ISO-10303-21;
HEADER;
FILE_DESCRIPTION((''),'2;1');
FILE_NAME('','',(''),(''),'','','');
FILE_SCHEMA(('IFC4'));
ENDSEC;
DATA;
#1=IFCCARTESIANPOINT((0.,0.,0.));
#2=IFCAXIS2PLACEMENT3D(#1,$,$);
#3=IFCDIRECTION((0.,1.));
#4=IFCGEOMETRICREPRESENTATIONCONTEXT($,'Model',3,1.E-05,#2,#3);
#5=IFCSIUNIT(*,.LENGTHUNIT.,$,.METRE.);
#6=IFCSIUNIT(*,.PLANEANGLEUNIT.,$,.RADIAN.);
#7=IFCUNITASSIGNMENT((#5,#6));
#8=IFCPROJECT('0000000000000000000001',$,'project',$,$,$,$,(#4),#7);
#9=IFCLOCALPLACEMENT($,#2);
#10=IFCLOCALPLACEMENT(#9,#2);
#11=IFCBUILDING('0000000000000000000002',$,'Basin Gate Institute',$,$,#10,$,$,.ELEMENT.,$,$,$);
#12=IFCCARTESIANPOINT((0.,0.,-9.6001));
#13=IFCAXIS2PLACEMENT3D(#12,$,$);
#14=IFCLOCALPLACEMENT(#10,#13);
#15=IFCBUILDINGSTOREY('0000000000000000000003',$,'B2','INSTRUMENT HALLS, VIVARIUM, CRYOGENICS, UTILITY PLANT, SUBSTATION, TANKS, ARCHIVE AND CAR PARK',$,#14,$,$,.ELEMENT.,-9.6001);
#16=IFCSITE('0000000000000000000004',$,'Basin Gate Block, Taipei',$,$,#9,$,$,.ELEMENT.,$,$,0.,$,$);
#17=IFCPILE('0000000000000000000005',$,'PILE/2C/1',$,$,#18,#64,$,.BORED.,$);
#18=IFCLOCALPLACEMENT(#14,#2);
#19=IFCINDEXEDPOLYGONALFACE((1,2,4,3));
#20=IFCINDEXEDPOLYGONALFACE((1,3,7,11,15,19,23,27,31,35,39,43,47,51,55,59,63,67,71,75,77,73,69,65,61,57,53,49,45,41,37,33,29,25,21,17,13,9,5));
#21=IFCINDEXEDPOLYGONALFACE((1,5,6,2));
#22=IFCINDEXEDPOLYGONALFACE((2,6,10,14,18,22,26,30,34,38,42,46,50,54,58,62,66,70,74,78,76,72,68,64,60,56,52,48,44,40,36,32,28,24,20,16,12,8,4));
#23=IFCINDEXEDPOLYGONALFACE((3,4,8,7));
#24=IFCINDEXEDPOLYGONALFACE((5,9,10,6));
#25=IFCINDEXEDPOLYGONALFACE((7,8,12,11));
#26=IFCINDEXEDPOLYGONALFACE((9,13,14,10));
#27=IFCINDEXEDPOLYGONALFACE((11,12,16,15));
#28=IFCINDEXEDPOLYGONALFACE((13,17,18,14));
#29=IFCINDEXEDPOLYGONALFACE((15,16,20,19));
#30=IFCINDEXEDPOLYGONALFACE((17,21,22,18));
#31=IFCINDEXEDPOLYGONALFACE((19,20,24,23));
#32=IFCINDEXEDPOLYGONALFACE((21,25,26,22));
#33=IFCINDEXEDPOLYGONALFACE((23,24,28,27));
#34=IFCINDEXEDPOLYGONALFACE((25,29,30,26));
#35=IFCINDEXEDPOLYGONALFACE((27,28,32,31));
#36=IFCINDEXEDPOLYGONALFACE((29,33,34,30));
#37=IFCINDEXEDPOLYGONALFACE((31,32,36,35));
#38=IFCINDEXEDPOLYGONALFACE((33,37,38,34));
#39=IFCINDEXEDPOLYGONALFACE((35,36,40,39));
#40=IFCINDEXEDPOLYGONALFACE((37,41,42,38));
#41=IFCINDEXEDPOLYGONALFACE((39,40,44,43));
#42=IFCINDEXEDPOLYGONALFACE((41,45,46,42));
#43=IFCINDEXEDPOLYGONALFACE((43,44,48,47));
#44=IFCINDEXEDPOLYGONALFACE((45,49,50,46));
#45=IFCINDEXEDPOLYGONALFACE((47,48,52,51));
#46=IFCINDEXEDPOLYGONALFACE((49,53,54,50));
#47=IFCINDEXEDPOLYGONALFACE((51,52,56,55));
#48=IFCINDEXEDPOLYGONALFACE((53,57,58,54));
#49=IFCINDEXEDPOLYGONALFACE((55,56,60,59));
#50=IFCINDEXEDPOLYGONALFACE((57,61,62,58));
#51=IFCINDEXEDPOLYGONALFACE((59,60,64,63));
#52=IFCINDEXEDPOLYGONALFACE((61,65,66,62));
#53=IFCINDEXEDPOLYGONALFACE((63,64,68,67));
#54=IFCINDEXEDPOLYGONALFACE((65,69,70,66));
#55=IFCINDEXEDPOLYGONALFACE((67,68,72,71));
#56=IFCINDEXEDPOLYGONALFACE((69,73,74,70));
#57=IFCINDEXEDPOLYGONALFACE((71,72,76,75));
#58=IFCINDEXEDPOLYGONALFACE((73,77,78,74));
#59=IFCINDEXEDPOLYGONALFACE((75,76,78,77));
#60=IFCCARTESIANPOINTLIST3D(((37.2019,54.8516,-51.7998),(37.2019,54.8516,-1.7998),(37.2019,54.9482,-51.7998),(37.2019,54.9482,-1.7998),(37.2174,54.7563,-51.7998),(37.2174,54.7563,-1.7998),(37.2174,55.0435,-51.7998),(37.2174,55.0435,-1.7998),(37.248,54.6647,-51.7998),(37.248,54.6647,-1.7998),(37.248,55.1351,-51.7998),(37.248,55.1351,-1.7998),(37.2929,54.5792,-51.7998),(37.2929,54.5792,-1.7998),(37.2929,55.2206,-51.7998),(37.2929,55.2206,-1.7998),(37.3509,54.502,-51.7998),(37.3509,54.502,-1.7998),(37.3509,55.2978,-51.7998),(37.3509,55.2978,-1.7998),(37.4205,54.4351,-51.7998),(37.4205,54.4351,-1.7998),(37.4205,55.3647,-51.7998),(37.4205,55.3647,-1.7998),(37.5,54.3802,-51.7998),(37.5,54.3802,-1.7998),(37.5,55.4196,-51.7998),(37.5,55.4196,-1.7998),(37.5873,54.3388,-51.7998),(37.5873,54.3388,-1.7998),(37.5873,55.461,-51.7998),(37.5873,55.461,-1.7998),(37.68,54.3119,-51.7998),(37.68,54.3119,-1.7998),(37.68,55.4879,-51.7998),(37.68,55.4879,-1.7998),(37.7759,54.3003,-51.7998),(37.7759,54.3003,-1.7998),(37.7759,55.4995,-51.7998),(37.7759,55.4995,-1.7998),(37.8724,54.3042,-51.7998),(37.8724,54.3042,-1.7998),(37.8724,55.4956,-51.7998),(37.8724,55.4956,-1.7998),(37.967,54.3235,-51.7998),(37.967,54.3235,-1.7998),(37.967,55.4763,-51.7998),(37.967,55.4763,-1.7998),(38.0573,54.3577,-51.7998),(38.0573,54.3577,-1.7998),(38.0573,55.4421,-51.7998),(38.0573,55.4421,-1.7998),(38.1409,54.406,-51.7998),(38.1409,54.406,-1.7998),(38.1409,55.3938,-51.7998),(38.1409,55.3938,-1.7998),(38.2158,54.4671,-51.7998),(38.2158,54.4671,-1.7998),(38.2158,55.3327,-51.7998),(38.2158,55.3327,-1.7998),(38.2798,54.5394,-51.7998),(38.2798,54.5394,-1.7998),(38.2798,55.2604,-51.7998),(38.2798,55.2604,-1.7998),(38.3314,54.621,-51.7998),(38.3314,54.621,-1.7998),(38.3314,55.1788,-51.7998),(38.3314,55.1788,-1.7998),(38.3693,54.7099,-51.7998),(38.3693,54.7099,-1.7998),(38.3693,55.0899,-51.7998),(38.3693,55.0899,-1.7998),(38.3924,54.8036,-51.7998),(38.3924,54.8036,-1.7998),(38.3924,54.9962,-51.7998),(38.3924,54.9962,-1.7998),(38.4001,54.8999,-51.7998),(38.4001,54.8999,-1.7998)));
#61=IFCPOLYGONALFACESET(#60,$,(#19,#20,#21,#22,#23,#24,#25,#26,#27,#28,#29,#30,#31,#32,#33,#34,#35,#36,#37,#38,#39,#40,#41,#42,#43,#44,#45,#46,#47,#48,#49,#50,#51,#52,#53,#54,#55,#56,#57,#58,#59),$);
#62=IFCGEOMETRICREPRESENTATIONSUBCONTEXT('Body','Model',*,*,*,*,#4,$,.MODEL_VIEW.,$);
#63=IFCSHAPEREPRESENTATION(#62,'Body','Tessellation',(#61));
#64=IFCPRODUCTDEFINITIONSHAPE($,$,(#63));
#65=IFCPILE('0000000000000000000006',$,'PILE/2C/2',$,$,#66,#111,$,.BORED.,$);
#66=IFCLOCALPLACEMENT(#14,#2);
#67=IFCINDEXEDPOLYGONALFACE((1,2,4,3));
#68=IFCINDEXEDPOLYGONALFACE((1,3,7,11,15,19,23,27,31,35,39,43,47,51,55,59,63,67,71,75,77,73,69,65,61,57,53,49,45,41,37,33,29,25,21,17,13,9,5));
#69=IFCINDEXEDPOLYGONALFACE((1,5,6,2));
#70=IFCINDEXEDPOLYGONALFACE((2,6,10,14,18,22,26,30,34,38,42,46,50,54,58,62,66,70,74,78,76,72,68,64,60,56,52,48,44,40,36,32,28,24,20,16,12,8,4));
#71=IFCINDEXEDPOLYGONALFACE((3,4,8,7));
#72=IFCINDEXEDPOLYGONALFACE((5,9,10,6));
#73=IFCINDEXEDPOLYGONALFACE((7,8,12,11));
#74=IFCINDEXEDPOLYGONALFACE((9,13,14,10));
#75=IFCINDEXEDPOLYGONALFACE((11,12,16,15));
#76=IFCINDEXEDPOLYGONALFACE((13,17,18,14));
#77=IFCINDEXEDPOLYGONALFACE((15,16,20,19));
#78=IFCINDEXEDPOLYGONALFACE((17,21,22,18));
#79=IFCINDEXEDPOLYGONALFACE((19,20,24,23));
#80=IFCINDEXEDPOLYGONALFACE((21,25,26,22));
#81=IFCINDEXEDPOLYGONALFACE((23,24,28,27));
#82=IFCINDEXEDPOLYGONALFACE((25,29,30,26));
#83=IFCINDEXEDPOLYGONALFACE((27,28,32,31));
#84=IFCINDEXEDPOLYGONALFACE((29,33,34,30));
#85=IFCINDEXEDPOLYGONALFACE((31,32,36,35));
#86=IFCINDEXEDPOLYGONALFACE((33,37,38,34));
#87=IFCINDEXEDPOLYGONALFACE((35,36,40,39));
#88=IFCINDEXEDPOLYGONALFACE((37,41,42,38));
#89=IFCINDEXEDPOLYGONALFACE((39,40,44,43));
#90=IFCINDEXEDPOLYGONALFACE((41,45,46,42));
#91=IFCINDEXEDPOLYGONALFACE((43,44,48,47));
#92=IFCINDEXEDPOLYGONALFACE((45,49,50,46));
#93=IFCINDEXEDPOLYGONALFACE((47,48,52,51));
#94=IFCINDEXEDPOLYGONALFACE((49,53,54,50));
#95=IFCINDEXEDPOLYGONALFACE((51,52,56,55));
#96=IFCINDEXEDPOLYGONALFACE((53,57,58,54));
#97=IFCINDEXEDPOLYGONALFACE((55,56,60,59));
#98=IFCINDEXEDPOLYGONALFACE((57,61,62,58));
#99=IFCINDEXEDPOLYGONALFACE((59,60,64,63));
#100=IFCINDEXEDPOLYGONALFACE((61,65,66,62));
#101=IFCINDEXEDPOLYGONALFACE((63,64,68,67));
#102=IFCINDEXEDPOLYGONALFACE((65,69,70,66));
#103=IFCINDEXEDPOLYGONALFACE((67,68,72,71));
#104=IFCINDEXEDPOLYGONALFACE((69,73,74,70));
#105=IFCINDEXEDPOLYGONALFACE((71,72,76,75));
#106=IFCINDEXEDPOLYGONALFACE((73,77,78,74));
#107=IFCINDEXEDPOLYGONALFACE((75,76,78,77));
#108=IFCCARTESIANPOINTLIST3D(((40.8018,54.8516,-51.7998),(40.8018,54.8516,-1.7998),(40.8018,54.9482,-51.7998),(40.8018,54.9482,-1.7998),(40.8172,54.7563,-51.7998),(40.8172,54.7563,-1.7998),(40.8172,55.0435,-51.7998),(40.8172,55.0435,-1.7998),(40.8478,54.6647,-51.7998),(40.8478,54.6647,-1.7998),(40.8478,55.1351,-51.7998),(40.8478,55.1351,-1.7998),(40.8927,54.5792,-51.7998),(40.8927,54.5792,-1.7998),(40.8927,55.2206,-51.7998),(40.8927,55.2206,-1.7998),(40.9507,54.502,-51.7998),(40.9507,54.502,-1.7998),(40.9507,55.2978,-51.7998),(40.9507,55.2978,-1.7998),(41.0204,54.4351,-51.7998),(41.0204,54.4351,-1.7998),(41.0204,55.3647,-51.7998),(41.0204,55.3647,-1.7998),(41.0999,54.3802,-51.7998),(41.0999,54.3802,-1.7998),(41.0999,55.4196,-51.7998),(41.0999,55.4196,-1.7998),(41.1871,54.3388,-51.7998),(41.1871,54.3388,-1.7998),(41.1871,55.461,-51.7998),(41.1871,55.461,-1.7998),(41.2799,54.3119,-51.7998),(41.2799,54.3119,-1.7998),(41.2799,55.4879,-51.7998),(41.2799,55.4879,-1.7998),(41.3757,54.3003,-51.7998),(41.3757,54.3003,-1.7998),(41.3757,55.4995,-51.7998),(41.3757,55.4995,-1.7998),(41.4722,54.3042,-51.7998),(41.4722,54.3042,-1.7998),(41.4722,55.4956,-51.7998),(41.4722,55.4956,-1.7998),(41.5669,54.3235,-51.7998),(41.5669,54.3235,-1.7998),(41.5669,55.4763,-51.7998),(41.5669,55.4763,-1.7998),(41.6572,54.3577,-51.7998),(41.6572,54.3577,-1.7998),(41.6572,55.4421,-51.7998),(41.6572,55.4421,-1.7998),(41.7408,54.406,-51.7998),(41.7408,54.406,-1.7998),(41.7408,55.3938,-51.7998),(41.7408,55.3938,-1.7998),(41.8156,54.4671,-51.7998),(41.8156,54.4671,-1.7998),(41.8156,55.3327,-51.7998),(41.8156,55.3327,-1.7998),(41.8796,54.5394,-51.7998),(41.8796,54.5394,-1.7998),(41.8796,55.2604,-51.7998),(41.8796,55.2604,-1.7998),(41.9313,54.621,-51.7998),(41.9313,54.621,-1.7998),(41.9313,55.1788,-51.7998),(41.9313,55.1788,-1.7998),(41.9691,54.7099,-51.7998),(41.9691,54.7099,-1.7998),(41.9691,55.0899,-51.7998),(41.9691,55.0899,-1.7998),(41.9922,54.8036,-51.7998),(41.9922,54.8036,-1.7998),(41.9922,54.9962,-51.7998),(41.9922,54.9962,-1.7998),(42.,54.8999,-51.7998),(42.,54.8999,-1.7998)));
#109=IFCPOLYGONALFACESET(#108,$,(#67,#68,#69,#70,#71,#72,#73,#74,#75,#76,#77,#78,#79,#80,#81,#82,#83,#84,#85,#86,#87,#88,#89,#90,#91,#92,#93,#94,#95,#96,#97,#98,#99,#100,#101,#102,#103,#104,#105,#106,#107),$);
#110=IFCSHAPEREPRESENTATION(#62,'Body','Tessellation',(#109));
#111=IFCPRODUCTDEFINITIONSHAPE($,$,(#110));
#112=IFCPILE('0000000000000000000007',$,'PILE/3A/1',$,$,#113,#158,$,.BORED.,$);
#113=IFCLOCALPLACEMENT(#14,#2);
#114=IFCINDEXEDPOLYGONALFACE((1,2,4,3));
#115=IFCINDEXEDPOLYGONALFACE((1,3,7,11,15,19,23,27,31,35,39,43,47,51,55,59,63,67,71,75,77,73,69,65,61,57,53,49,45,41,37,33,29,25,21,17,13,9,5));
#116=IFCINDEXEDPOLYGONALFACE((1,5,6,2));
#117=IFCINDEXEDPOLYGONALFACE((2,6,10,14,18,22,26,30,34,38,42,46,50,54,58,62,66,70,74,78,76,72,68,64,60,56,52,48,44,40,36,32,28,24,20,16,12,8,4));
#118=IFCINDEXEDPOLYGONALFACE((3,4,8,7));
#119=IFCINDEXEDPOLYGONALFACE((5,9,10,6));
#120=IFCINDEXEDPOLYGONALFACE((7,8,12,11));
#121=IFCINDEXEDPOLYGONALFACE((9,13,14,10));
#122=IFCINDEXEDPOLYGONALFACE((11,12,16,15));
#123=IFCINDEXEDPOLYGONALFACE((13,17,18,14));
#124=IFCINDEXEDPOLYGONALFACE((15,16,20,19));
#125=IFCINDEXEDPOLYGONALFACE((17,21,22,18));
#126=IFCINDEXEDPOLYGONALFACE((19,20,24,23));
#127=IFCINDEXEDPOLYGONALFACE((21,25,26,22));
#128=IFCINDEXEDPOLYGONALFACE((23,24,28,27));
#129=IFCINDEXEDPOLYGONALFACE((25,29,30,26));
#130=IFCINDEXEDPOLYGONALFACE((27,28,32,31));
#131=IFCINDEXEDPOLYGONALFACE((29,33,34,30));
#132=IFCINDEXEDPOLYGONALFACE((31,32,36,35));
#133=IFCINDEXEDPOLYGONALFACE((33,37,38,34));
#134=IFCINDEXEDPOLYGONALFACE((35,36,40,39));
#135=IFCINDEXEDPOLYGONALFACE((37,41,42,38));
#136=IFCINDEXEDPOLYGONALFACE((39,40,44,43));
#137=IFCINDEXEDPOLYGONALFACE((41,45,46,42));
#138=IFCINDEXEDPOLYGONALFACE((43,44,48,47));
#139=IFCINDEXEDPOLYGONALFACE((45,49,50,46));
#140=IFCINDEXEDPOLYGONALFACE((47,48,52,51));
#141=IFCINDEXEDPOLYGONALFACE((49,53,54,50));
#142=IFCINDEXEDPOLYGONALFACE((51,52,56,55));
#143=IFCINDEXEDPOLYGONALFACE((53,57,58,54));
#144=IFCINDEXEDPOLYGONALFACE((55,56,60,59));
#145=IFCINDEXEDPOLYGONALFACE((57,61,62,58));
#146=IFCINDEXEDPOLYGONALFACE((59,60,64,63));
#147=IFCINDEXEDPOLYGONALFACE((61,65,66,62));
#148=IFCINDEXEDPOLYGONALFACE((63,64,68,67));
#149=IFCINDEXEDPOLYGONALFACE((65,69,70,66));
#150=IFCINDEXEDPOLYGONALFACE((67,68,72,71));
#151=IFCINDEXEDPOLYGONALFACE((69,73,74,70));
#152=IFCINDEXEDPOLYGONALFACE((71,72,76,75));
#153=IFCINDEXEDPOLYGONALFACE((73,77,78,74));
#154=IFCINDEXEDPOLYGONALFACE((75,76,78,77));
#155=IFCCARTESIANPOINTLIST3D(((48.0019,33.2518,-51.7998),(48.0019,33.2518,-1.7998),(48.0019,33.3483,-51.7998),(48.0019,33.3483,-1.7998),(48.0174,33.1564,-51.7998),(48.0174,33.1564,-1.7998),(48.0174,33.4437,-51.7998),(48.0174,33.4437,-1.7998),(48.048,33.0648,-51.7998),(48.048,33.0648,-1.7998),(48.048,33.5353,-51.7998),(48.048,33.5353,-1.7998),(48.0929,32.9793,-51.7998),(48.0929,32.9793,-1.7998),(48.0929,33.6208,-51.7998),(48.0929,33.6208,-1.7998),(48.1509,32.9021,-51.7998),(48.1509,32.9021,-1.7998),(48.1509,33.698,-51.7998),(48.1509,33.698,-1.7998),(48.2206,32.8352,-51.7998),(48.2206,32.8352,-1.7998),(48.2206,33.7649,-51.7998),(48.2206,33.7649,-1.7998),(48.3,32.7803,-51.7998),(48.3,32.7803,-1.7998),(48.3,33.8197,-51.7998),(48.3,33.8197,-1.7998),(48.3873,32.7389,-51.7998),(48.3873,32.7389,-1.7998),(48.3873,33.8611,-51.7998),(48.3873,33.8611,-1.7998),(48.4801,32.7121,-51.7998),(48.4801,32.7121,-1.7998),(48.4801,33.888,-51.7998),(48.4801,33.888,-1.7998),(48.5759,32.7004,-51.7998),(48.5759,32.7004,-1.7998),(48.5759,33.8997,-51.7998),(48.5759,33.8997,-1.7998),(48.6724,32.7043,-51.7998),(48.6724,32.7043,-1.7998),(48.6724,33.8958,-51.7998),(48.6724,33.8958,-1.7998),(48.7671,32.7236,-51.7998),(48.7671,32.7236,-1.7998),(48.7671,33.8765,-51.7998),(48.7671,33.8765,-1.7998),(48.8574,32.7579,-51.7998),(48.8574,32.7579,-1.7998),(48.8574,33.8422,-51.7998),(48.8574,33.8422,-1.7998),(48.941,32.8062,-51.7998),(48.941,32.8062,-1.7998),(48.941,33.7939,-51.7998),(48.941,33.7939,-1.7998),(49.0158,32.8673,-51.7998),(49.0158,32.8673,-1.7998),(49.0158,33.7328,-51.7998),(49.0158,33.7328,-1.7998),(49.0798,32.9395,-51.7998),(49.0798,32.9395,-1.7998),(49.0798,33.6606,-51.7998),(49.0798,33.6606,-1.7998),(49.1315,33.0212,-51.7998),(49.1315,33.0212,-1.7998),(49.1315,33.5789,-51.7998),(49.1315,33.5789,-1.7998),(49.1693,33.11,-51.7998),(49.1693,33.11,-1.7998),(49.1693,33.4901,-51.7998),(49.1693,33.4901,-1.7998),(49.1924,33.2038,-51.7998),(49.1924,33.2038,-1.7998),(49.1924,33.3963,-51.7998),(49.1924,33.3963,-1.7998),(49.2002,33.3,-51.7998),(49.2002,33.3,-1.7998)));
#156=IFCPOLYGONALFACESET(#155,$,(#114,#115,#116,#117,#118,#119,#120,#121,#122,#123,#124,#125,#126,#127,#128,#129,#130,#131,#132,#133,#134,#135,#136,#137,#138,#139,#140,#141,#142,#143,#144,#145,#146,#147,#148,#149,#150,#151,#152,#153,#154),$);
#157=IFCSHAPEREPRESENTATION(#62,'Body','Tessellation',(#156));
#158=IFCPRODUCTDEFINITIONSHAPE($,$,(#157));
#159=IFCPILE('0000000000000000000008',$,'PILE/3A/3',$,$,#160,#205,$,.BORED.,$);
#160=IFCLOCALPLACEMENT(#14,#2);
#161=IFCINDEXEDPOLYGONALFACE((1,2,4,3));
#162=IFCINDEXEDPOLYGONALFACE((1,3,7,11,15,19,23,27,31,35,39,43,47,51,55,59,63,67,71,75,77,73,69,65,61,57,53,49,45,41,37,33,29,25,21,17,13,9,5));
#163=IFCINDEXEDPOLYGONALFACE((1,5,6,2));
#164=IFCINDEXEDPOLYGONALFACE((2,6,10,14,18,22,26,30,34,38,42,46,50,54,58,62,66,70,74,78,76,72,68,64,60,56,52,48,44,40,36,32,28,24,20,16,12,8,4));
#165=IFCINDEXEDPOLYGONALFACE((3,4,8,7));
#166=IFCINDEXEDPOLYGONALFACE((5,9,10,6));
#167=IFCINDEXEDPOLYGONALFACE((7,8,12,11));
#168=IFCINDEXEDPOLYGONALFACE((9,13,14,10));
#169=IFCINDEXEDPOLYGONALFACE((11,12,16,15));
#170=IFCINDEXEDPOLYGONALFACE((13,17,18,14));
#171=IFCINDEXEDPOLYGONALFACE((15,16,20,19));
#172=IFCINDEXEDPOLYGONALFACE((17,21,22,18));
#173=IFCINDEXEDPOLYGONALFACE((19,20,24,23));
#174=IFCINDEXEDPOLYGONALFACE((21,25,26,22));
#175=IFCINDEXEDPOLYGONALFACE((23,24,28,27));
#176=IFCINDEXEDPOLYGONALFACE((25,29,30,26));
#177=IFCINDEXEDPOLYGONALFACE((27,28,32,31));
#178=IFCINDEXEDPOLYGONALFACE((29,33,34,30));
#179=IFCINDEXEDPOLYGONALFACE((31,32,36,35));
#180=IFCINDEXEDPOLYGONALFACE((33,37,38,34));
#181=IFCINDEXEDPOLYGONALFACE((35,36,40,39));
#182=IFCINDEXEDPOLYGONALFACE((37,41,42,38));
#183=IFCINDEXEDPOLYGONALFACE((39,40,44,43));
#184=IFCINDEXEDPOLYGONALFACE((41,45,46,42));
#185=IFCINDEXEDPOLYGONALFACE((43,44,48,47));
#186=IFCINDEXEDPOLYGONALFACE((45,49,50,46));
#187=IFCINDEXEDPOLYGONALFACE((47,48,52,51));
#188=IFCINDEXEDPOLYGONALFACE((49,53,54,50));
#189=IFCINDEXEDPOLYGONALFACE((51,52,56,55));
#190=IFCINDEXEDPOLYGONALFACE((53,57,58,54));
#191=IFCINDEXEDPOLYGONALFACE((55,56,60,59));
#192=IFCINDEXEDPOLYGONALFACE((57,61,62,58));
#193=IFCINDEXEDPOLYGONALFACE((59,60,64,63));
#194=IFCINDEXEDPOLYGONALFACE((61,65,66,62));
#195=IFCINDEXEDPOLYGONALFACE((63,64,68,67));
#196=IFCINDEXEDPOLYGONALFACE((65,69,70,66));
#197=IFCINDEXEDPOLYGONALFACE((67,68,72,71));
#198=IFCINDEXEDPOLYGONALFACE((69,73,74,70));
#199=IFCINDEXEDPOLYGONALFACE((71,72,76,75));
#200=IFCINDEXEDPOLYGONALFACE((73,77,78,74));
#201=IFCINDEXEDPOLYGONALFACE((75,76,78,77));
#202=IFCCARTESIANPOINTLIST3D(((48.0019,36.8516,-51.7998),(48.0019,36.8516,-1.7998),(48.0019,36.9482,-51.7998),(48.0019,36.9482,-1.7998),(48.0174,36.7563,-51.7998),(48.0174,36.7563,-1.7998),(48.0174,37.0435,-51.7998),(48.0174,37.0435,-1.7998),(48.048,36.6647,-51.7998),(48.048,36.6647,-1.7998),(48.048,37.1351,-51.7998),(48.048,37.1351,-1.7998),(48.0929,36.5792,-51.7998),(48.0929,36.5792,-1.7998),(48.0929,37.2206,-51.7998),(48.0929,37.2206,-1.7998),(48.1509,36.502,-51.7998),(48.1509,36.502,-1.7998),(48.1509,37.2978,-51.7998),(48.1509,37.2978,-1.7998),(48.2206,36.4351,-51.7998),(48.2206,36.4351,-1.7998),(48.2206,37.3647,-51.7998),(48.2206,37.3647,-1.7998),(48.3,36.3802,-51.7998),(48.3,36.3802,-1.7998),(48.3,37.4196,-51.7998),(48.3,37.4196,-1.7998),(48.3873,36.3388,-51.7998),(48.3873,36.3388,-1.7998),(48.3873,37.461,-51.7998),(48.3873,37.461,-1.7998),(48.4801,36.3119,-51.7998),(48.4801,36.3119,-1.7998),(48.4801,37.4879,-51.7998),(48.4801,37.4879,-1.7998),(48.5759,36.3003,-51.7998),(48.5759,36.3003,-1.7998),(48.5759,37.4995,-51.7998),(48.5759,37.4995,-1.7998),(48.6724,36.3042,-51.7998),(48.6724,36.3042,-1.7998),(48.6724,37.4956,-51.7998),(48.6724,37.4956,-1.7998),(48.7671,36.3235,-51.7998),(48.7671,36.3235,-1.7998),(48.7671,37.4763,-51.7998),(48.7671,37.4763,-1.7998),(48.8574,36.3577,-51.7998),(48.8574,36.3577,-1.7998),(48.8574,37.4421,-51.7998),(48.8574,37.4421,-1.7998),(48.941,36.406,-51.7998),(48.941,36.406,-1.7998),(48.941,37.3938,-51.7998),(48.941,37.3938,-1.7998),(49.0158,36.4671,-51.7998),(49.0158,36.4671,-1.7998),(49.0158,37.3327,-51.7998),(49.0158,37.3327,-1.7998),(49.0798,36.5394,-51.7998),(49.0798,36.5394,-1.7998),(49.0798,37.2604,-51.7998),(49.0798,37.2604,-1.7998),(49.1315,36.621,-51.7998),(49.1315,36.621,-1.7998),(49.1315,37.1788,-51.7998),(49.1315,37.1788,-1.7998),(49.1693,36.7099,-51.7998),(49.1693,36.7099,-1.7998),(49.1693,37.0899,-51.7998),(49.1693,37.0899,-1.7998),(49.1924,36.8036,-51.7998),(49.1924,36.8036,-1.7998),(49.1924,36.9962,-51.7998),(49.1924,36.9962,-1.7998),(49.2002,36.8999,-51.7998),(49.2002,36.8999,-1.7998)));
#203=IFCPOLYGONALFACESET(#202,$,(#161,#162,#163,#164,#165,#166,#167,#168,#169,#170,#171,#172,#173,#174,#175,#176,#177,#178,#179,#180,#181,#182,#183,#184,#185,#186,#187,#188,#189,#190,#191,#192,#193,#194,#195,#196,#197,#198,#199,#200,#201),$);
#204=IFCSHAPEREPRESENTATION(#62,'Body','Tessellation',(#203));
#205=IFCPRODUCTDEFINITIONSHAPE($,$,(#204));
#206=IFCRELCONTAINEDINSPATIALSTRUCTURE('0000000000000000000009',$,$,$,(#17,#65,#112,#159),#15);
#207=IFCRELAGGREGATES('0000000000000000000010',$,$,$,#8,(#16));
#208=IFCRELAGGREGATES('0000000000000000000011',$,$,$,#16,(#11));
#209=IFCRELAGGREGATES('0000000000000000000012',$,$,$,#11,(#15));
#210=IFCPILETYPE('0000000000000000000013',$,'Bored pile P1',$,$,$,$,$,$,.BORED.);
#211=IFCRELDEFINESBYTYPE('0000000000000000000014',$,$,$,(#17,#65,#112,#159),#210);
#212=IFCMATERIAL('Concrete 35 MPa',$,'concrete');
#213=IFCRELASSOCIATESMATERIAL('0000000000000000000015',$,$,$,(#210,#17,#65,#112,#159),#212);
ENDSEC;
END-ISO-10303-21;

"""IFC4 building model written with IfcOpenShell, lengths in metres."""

from ifc_helpers import new_model, si_unit, direction, frame, origin, origin_2d, place, context, subcontext, project, spatial, circle, extrude, material, material_profile, profile_set, type_object, element, save


model = new_model("IFC4")

# Units and contexts
model_context = context("Model", 3, precision=1e-05, world=origin(), true_north=direction((0.0, 1.0)))
body_context = subcontext(model_context, "Body", "Model", "MODEL_VIEW")
ifc_project = project(units=[si_unit("LENGTHUNIT", "METRE"), si_unit("PLANEANGLEUNIT", "RADIAN")], contexts=[model_context])

# Site, building, storey
site_placement = place(None, origin())
site = spatial("IfcSite", under=ifc_project, at=site_placement, Name="Basin Gate Block, Taipei", CompositionType="ELEMENT", RefElevation=0.0)
building_placement = place(site_placement, origin())
building = spatial("IfcBuilding", under=site, at=building_placement, Name="Basin Gate Institute", CompositionType="ELEMENT")
storey_placement = place(building_placement, frame((0.0, 0.0, -9.6001)))
storey = spatial("IfcBuildingStorey", under=building, at=storey_placement, Name="B2", Description="INSTRUMENT HALLS, VIVARIUM, CRYOGENICS, UTILITY PLANT, SUBSTATION, TANKS, ARCHIVE AND CAR PARK", CompositionType="ELEMENT", Elevation=-9.6001)

# Piles
ifc_material_1 = material(Name="Concrete 35 MPa", Category="concrete")
ifc_material_profile = material_profile(ifc_material_1, circle(Radius=0.6001, at=origin_2d()), Name="Bored pile P1 1200 dia")
ifc_profile_set = profile_set([ifc_material_profile], Name="Concrete 35 MPa")
pile_type = type_object("IfcPileType", Name="Bored pile P1", PredefinedType="BORED", material=ifc_profile_set)
for number, where, z_axis, x_axis, name in (
    (1, (37.8, 54.8999, -1.7998), (0.0, 0.0, -1.0), (1.0, 0.0, 0.0), "PILE/2C/1"),
    (2, (41.3999, 54.8999, -1.7998), (0.0, 0.0, -1.0), (1.0, 0.0, 0.0), "PILE/2C/2"),
    (3, (48.6001, 33.3, -1.7998), (0.0, 0.0, -1.0), (1.0, 0.0, 0.0), "PILE/3A/1"),
    (4, (48.6001, 36.8999, -1.7998), (0.0, 0.0, -1.0), (1.0, 0.0, 0.0), "PILE/3A/3"),
):
    element("IfcPile", number, at=place(storey_placement, frame(where, z_axis=z_axis, x_axis=x_axis)), inside=storey, type_object=pile_type, material=ifc_profile_set, Name=name, PredefinedType="BORED", context=body_context, shape_type="SweptSolid", body=[
        extrude(circle(Radius=0.6001, at=origin_2d()), origin(), (0.0, 0.0, 1.0), 50.0),
    ])

save(model, "model.ifc")
